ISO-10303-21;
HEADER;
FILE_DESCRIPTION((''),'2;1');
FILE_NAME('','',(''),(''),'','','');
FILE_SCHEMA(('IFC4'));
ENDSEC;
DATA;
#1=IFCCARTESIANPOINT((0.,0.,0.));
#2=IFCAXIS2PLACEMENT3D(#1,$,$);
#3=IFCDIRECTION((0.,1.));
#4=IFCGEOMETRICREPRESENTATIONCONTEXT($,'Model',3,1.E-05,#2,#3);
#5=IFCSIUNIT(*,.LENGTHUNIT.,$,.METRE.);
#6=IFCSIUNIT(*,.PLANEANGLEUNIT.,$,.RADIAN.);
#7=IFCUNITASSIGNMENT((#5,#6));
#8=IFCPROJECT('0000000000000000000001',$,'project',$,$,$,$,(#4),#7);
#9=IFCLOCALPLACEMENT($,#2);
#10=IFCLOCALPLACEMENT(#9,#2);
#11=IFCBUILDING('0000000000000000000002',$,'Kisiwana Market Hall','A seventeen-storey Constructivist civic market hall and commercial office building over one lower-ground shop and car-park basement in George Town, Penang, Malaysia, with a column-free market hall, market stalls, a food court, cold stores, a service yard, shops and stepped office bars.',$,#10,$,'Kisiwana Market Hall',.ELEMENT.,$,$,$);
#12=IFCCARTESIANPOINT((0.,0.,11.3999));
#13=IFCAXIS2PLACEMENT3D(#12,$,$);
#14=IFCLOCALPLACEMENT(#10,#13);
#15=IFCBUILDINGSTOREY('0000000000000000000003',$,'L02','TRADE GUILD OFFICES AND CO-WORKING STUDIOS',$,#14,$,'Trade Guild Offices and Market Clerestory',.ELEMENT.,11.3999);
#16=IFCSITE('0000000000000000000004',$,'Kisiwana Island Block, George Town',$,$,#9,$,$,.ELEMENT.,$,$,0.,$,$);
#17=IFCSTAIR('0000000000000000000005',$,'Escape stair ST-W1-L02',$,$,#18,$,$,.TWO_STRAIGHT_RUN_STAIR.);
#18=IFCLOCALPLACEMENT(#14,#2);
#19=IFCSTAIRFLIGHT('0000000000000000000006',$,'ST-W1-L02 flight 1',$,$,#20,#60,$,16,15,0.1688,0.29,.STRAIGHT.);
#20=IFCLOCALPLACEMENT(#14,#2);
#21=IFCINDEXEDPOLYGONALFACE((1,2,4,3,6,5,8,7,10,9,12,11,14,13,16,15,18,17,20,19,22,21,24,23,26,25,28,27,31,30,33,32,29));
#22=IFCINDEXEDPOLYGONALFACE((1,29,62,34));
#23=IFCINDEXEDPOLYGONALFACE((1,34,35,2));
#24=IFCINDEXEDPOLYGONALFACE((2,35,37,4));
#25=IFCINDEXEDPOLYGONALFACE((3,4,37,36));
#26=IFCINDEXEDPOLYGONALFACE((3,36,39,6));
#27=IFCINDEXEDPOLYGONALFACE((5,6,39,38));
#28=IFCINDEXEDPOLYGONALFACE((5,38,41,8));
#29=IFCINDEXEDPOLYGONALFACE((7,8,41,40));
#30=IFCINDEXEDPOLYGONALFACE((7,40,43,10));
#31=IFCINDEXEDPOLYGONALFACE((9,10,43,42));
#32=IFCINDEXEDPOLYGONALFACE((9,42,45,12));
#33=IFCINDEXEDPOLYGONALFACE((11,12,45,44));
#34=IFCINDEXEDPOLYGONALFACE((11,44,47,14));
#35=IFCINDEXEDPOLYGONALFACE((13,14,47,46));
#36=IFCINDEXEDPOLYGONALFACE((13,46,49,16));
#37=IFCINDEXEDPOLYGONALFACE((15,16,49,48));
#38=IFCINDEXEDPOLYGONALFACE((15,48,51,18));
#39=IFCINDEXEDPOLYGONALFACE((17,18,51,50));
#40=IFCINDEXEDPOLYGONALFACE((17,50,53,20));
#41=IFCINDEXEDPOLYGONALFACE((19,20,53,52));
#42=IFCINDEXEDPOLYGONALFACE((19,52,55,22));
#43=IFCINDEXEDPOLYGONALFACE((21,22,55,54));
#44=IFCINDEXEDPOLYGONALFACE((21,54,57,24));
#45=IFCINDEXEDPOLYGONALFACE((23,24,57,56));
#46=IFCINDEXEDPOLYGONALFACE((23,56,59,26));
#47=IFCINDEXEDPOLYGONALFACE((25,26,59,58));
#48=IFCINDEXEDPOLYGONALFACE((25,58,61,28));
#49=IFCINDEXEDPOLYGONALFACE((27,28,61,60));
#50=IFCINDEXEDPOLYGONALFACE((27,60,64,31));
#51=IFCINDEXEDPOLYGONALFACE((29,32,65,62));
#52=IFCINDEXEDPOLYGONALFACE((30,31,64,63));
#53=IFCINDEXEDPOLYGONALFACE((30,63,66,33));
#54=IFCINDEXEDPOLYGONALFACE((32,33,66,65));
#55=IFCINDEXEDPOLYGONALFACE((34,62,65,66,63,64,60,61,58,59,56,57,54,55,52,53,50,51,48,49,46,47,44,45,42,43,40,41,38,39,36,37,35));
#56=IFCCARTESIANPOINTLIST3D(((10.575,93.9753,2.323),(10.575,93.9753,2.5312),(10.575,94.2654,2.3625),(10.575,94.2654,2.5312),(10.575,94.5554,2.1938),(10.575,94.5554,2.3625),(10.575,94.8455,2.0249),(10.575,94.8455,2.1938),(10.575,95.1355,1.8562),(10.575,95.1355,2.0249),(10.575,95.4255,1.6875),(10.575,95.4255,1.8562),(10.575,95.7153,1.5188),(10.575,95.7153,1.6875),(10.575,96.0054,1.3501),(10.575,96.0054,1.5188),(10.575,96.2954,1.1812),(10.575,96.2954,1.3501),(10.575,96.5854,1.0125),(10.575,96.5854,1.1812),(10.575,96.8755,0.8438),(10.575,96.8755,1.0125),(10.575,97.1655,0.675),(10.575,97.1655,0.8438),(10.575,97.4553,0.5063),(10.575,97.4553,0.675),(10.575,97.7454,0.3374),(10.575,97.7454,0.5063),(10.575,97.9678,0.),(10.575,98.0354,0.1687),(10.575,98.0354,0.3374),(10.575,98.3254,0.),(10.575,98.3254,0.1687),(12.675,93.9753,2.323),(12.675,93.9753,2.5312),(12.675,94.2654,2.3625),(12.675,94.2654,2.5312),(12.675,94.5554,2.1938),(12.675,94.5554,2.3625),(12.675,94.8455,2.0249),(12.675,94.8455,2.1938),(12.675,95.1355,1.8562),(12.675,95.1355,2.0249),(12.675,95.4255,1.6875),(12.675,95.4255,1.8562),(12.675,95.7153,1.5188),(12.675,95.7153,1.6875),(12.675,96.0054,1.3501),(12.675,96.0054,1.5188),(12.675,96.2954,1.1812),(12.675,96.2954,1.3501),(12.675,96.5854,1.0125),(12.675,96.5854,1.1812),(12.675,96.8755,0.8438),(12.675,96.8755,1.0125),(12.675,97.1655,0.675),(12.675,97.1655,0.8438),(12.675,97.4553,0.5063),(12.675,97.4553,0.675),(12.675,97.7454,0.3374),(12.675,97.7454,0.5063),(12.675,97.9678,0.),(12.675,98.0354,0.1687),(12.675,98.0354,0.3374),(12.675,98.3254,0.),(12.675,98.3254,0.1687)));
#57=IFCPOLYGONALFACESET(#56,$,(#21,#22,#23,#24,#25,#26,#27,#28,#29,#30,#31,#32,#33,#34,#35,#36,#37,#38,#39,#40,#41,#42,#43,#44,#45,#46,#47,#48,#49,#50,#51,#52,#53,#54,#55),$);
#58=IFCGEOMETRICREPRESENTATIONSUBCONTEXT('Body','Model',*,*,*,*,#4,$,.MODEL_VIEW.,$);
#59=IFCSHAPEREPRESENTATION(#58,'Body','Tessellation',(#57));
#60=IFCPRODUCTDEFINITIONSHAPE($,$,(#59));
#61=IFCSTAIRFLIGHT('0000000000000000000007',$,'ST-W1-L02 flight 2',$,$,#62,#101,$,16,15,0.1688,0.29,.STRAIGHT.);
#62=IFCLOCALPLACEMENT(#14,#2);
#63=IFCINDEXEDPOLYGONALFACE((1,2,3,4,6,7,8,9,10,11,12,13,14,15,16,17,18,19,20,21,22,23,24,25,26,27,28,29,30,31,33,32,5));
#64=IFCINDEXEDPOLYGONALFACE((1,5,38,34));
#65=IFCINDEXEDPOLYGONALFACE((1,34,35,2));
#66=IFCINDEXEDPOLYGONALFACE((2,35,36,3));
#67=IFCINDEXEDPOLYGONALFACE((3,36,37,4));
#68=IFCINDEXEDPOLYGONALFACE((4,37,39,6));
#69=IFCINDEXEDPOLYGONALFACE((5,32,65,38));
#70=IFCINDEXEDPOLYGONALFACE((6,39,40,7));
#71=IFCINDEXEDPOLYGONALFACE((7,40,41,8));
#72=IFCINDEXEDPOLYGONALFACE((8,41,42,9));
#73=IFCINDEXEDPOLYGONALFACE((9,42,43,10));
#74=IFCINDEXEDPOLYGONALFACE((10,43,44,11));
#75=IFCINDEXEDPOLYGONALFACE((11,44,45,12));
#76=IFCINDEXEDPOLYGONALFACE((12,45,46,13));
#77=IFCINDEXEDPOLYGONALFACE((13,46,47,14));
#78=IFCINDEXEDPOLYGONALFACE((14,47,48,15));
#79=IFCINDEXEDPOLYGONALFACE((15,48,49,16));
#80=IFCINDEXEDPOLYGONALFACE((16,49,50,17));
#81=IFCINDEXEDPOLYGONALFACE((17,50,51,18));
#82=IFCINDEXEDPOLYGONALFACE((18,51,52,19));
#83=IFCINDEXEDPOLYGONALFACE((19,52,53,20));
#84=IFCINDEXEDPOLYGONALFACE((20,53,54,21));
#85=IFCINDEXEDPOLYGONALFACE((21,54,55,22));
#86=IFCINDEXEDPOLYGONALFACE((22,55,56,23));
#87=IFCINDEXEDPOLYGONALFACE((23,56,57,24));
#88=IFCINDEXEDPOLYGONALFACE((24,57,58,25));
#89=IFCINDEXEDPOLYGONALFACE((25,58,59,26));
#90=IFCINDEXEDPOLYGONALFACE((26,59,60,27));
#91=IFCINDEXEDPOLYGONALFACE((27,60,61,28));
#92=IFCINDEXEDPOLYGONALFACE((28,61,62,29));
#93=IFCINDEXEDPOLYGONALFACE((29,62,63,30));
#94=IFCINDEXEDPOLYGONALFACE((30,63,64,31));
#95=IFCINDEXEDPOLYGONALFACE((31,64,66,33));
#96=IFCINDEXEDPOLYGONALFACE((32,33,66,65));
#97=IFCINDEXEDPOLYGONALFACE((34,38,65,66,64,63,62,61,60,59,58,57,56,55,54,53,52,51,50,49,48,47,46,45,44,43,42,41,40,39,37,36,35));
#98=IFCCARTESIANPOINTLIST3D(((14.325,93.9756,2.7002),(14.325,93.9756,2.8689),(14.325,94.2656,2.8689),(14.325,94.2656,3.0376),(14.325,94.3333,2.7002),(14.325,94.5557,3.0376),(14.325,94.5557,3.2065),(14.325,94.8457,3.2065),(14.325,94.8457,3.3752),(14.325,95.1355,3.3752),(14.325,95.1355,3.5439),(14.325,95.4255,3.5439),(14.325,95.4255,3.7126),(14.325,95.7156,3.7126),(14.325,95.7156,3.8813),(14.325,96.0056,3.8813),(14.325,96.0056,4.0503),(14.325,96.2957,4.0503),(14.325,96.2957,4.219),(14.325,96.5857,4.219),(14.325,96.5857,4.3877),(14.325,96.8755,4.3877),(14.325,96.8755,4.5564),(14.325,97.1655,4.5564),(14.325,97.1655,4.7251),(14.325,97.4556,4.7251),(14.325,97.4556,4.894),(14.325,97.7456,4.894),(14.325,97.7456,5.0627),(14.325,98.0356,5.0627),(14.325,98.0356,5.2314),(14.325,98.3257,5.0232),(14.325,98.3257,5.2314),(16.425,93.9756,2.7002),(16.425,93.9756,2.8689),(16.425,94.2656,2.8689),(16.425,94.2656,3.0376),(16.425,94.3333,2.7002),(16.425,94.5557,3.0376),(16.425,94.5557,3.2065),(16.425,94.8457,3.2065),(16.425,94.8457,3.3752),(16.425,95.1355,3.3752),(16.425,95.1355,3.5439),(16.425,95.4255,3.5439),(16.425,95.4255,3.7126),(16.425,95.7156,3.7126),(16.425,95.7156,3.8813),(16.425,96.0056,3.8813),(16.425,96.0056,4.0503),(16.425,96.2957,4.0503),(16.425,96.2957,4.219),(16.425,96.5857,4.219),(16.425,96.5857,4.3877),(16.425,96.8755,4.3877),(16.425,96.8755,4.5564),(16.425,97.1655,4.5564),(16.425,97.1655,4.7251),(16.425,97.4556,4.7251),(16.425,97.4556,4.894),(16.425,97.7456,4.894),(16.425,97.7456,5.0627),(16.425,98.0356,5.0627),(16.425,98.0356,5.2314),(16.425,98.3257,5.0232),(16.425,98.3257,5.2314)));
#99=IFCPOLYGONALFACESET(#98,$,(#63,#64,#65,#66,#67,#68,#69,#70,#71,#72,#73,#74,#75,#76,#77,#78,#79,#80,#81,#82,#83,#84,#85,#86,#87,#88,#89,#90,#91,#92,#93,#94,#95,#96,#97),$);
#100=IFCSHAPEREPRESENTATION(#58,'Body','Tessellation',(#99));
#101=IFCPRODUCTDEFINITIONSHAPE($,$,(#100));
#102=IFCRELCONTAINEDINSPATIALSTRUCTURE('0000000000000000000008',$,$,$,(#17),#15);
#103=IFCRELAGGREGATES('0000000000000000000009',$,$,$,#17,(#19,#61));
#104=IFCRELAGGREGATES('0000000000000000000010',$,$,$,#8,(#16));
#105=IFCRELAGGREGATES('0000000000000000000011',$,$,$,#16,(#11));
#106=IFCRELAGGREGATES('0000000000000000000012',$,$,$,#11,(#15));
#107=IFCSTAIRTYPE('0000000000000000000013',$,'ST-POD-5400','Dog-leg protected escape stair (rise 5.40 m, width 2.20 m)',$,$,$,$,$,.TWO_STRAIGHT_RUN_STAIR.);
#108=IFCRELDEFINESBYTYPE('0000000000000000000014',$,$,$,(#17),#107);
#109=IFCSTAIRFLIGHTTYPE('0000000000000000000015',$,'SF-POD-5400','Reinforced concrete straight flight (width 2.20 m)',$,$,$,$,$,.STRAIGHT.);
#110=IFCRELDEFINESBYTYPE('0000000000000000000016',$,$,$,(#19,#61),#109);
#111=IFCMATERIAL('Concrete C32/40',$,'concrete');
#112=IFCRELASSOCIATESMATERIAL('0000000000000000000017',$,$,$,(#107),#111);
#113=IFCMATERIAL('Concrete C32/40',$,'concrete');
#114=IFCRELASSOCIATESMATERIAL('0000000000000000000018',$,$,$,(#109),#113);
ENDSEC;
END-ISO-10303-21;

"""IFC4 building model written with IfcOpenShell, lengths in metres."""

from ifc_helpers import new_model, si_unit, direction, frame, origin, place, context, subcontext, project, spatial, polyline, outline, extrude, material, type_object, element, aggregate, save


model = new_model("IFC4")

# Units and contexts
model_context = context("Model", 3, precision=1e-05, world=origin(), true_north=direction((0.0, 1.0)))
body_context = subcontext(model_context, "Body", "Model", "MODEL_VIEW")
ifc_project = project(units=[si_unit("LENGTHUNIT", "METRE"), si_unit("PLANEANGLEUNIT", "RADIAN")], contexts=[model_context])

# Site, building, storey
site_placement = place(None, origin())
site = spatial("IfcSite", under=ifc_project, at=site_placement, Name="Kisiwana Island Block, George Town", CompositionType="ELEMENT", RefElevation=0.0)
building_placement = place(site_placement, origin())
building = spatial("IfcBuilding", under=site, at=building_placement, Name="Kisiwana Market Hall", Description="A seventeen-storey Constructivist civic market hall and commercial office building over one lower-ground shop and car-park basement in George Town, Penang, Malaysia, with a column-free market hall, market stalls, a food court, cold stores, a service yard, shops and stepped office bars.", LongName="Kisiwana Market Hall", CompositionType="ELEMENT")
storey_placement = place(building_placement, frame((0.0, 0.0, 11.3999)))
storey = spatial("IfcBuildingStorey", under=building, at=storey_placement, Name="L02", Description="TRADE GUILD OFFICES AND CO-WORKING STUDIOS", LongName="Trade Guild Offices and Market Clerestory", CompositionType="ELEMENT", Elevation=11.3999)

# Stair, stair flights
ifc_material_1 = material(Name="Concrete C32/40", Category="concrete")
stair_type = type_object("IfcStairType", Name="ST-POD-5400", Description="Dog-leg protected escape stair (rise 5.40 m, width 2.20 m)", PredefinedType="TWO_STRAIGHT_RUN_STAIR", material=ifc_material_1)
stair_placement = place(storey_placement, origin())
stair = element("IfcStair", 1, at=stair_placement, inside=storey, type_object=stair_type, Name="Escape stair ST-W1-L02", PredefinedType="TWO_STRAIGHT_RUN_STAIR")
ifc_material_2 = material(Name="Concrete C32/40", Category="concrete")
stair_flight_type = type_object("IfcStairFlightType", Name="SF-POD-5400", Description="Reinforced concrete straight flight (width 2.20 m)", PredefinedType="STRAIGHT", material=ifc_material_2)
stair_flight_1_placement = place(storey_placement, frame((11.625, 98.3254, 0.0), z_axis=(0.0, 0.0, 1.0), x_axis=(0.0, -1.0, 0.0)))
stair_flight_1 = element("IfcStairFlight", 2, at=stair_flight_1_placement, type_object=stair_flight_type, Name="ST-W1-L02 flight 1", NumberOfRisers=16, NumberOfTreads=15, PredefinedType="STRAIGHT", RiserHeight=0.1688, TreadLength=0.29, context=body_context, shape_type="SweptSolid", body=[
    extrude(outline(polyline([(0.0, 0.0), (0.0, 0.1687), (0.29, 0.1687), (0.29, 0.3374), (0.5801, 0.3374), (0.5801, 0.5063), (0.8701, 0.5063), (0.8701, 0.675), (1.1599, 0.675), (1.1599, 0.8438), (1.45, 0.8438), (1.45, 1.0125), (1.74, 1.0125), (1.74, 1.1812), (2.03, 1.1812), (2.03, 1.3501), (2.3201, 1.3501), (2.3201, 1.5188), (2.6101, 1.5188), (2.6101, 1.6875), (2.8999, 1.6875), (2.8999, 1.8562), (3.1899, 1.8562), (3.1899, 2.0249), (3.48, 2.0249), (3.48, 2.1938), (3.77, 2.1938), (3.77, 2.3625), (4.0601, 2.3625), (4.0601, 2.5312), (4.3501, 2.5312), (4.3501, 2.7), (4.3501, 2.323), (0.3577, 0.0), (0.0, 0.0)])), frame((0.0, 1.05, 0.0), z_axis=(0.0, -1.0, 0.0), x_axis=(1.0, 0.0, 0.0)), (0.0, 0.0, 1.0), 2.1001),
])
stair_flight_2_placement = place(storey_placement, frame((15.375, 93.9756, 2.7002), z_axis=(0.0, 0.0, 1.0), x_axis=(0.0, 1.0, 0.0)))
stair_flight_2 = element("IfcStairFlight", 3, at=stair_flight_2_placement, type_object=stair_flight_type, Name="ST-W1-L02 flight 2", NumberOfRisers=16, NumberOfTreads=15, PredefinedType="STRAIGHT", RiserHeight=0.1688, TreadLength=0.29, context=body_context, shape_type="SweptSolid", body=[
    extrude(outline(polyline([(0.0, 0.0), (0.0, 0.1687), (0.29, 0.1687), (0.29, 0.3374), (0.5801, 0.3374), (0.5801, 0.5063), (0.8701, 0.5063), (0.8701, 0.675), (1.1599, 0.675), (1.1599, 0.8438), (1.45, 0.8438), (1.45, 1.0125), (1.74, 1.0125), (1.74, 1.1812), (2.03, 1.1812), (2.03, 1.3501), (2.3201, 1.3501), (2.3201, 1.5188), (2.6101, 1.5188), (2.6101, 1.6875), (2.8999, 1.6875), (2.8999, 1.8562), (3.1899, 1.8562), (3.1899, 2.0249), (3.48, 2.0249), (3.48, 2.1938), (3.77, 2.1938), (3.77, 2.3625), (4.0601, 2.3625), (4.0601, 2.5312), (4.3501, 2.5312), (4.3501, 2.7), (4.3501, 2.323), (0.3577, 0.0), (0.0, 0.0)])), frame((0.0, 1.05, 0.0), z_axis=(0.0, -1.0, 0.0), x_axis=(1.0, 0.0, 0.0)), (0.0, 0.0, 1.0), 2.1001),
])
aggregate(stair, [stair_flight_1, stair_flight_2])

save(model, "model.ifc")
